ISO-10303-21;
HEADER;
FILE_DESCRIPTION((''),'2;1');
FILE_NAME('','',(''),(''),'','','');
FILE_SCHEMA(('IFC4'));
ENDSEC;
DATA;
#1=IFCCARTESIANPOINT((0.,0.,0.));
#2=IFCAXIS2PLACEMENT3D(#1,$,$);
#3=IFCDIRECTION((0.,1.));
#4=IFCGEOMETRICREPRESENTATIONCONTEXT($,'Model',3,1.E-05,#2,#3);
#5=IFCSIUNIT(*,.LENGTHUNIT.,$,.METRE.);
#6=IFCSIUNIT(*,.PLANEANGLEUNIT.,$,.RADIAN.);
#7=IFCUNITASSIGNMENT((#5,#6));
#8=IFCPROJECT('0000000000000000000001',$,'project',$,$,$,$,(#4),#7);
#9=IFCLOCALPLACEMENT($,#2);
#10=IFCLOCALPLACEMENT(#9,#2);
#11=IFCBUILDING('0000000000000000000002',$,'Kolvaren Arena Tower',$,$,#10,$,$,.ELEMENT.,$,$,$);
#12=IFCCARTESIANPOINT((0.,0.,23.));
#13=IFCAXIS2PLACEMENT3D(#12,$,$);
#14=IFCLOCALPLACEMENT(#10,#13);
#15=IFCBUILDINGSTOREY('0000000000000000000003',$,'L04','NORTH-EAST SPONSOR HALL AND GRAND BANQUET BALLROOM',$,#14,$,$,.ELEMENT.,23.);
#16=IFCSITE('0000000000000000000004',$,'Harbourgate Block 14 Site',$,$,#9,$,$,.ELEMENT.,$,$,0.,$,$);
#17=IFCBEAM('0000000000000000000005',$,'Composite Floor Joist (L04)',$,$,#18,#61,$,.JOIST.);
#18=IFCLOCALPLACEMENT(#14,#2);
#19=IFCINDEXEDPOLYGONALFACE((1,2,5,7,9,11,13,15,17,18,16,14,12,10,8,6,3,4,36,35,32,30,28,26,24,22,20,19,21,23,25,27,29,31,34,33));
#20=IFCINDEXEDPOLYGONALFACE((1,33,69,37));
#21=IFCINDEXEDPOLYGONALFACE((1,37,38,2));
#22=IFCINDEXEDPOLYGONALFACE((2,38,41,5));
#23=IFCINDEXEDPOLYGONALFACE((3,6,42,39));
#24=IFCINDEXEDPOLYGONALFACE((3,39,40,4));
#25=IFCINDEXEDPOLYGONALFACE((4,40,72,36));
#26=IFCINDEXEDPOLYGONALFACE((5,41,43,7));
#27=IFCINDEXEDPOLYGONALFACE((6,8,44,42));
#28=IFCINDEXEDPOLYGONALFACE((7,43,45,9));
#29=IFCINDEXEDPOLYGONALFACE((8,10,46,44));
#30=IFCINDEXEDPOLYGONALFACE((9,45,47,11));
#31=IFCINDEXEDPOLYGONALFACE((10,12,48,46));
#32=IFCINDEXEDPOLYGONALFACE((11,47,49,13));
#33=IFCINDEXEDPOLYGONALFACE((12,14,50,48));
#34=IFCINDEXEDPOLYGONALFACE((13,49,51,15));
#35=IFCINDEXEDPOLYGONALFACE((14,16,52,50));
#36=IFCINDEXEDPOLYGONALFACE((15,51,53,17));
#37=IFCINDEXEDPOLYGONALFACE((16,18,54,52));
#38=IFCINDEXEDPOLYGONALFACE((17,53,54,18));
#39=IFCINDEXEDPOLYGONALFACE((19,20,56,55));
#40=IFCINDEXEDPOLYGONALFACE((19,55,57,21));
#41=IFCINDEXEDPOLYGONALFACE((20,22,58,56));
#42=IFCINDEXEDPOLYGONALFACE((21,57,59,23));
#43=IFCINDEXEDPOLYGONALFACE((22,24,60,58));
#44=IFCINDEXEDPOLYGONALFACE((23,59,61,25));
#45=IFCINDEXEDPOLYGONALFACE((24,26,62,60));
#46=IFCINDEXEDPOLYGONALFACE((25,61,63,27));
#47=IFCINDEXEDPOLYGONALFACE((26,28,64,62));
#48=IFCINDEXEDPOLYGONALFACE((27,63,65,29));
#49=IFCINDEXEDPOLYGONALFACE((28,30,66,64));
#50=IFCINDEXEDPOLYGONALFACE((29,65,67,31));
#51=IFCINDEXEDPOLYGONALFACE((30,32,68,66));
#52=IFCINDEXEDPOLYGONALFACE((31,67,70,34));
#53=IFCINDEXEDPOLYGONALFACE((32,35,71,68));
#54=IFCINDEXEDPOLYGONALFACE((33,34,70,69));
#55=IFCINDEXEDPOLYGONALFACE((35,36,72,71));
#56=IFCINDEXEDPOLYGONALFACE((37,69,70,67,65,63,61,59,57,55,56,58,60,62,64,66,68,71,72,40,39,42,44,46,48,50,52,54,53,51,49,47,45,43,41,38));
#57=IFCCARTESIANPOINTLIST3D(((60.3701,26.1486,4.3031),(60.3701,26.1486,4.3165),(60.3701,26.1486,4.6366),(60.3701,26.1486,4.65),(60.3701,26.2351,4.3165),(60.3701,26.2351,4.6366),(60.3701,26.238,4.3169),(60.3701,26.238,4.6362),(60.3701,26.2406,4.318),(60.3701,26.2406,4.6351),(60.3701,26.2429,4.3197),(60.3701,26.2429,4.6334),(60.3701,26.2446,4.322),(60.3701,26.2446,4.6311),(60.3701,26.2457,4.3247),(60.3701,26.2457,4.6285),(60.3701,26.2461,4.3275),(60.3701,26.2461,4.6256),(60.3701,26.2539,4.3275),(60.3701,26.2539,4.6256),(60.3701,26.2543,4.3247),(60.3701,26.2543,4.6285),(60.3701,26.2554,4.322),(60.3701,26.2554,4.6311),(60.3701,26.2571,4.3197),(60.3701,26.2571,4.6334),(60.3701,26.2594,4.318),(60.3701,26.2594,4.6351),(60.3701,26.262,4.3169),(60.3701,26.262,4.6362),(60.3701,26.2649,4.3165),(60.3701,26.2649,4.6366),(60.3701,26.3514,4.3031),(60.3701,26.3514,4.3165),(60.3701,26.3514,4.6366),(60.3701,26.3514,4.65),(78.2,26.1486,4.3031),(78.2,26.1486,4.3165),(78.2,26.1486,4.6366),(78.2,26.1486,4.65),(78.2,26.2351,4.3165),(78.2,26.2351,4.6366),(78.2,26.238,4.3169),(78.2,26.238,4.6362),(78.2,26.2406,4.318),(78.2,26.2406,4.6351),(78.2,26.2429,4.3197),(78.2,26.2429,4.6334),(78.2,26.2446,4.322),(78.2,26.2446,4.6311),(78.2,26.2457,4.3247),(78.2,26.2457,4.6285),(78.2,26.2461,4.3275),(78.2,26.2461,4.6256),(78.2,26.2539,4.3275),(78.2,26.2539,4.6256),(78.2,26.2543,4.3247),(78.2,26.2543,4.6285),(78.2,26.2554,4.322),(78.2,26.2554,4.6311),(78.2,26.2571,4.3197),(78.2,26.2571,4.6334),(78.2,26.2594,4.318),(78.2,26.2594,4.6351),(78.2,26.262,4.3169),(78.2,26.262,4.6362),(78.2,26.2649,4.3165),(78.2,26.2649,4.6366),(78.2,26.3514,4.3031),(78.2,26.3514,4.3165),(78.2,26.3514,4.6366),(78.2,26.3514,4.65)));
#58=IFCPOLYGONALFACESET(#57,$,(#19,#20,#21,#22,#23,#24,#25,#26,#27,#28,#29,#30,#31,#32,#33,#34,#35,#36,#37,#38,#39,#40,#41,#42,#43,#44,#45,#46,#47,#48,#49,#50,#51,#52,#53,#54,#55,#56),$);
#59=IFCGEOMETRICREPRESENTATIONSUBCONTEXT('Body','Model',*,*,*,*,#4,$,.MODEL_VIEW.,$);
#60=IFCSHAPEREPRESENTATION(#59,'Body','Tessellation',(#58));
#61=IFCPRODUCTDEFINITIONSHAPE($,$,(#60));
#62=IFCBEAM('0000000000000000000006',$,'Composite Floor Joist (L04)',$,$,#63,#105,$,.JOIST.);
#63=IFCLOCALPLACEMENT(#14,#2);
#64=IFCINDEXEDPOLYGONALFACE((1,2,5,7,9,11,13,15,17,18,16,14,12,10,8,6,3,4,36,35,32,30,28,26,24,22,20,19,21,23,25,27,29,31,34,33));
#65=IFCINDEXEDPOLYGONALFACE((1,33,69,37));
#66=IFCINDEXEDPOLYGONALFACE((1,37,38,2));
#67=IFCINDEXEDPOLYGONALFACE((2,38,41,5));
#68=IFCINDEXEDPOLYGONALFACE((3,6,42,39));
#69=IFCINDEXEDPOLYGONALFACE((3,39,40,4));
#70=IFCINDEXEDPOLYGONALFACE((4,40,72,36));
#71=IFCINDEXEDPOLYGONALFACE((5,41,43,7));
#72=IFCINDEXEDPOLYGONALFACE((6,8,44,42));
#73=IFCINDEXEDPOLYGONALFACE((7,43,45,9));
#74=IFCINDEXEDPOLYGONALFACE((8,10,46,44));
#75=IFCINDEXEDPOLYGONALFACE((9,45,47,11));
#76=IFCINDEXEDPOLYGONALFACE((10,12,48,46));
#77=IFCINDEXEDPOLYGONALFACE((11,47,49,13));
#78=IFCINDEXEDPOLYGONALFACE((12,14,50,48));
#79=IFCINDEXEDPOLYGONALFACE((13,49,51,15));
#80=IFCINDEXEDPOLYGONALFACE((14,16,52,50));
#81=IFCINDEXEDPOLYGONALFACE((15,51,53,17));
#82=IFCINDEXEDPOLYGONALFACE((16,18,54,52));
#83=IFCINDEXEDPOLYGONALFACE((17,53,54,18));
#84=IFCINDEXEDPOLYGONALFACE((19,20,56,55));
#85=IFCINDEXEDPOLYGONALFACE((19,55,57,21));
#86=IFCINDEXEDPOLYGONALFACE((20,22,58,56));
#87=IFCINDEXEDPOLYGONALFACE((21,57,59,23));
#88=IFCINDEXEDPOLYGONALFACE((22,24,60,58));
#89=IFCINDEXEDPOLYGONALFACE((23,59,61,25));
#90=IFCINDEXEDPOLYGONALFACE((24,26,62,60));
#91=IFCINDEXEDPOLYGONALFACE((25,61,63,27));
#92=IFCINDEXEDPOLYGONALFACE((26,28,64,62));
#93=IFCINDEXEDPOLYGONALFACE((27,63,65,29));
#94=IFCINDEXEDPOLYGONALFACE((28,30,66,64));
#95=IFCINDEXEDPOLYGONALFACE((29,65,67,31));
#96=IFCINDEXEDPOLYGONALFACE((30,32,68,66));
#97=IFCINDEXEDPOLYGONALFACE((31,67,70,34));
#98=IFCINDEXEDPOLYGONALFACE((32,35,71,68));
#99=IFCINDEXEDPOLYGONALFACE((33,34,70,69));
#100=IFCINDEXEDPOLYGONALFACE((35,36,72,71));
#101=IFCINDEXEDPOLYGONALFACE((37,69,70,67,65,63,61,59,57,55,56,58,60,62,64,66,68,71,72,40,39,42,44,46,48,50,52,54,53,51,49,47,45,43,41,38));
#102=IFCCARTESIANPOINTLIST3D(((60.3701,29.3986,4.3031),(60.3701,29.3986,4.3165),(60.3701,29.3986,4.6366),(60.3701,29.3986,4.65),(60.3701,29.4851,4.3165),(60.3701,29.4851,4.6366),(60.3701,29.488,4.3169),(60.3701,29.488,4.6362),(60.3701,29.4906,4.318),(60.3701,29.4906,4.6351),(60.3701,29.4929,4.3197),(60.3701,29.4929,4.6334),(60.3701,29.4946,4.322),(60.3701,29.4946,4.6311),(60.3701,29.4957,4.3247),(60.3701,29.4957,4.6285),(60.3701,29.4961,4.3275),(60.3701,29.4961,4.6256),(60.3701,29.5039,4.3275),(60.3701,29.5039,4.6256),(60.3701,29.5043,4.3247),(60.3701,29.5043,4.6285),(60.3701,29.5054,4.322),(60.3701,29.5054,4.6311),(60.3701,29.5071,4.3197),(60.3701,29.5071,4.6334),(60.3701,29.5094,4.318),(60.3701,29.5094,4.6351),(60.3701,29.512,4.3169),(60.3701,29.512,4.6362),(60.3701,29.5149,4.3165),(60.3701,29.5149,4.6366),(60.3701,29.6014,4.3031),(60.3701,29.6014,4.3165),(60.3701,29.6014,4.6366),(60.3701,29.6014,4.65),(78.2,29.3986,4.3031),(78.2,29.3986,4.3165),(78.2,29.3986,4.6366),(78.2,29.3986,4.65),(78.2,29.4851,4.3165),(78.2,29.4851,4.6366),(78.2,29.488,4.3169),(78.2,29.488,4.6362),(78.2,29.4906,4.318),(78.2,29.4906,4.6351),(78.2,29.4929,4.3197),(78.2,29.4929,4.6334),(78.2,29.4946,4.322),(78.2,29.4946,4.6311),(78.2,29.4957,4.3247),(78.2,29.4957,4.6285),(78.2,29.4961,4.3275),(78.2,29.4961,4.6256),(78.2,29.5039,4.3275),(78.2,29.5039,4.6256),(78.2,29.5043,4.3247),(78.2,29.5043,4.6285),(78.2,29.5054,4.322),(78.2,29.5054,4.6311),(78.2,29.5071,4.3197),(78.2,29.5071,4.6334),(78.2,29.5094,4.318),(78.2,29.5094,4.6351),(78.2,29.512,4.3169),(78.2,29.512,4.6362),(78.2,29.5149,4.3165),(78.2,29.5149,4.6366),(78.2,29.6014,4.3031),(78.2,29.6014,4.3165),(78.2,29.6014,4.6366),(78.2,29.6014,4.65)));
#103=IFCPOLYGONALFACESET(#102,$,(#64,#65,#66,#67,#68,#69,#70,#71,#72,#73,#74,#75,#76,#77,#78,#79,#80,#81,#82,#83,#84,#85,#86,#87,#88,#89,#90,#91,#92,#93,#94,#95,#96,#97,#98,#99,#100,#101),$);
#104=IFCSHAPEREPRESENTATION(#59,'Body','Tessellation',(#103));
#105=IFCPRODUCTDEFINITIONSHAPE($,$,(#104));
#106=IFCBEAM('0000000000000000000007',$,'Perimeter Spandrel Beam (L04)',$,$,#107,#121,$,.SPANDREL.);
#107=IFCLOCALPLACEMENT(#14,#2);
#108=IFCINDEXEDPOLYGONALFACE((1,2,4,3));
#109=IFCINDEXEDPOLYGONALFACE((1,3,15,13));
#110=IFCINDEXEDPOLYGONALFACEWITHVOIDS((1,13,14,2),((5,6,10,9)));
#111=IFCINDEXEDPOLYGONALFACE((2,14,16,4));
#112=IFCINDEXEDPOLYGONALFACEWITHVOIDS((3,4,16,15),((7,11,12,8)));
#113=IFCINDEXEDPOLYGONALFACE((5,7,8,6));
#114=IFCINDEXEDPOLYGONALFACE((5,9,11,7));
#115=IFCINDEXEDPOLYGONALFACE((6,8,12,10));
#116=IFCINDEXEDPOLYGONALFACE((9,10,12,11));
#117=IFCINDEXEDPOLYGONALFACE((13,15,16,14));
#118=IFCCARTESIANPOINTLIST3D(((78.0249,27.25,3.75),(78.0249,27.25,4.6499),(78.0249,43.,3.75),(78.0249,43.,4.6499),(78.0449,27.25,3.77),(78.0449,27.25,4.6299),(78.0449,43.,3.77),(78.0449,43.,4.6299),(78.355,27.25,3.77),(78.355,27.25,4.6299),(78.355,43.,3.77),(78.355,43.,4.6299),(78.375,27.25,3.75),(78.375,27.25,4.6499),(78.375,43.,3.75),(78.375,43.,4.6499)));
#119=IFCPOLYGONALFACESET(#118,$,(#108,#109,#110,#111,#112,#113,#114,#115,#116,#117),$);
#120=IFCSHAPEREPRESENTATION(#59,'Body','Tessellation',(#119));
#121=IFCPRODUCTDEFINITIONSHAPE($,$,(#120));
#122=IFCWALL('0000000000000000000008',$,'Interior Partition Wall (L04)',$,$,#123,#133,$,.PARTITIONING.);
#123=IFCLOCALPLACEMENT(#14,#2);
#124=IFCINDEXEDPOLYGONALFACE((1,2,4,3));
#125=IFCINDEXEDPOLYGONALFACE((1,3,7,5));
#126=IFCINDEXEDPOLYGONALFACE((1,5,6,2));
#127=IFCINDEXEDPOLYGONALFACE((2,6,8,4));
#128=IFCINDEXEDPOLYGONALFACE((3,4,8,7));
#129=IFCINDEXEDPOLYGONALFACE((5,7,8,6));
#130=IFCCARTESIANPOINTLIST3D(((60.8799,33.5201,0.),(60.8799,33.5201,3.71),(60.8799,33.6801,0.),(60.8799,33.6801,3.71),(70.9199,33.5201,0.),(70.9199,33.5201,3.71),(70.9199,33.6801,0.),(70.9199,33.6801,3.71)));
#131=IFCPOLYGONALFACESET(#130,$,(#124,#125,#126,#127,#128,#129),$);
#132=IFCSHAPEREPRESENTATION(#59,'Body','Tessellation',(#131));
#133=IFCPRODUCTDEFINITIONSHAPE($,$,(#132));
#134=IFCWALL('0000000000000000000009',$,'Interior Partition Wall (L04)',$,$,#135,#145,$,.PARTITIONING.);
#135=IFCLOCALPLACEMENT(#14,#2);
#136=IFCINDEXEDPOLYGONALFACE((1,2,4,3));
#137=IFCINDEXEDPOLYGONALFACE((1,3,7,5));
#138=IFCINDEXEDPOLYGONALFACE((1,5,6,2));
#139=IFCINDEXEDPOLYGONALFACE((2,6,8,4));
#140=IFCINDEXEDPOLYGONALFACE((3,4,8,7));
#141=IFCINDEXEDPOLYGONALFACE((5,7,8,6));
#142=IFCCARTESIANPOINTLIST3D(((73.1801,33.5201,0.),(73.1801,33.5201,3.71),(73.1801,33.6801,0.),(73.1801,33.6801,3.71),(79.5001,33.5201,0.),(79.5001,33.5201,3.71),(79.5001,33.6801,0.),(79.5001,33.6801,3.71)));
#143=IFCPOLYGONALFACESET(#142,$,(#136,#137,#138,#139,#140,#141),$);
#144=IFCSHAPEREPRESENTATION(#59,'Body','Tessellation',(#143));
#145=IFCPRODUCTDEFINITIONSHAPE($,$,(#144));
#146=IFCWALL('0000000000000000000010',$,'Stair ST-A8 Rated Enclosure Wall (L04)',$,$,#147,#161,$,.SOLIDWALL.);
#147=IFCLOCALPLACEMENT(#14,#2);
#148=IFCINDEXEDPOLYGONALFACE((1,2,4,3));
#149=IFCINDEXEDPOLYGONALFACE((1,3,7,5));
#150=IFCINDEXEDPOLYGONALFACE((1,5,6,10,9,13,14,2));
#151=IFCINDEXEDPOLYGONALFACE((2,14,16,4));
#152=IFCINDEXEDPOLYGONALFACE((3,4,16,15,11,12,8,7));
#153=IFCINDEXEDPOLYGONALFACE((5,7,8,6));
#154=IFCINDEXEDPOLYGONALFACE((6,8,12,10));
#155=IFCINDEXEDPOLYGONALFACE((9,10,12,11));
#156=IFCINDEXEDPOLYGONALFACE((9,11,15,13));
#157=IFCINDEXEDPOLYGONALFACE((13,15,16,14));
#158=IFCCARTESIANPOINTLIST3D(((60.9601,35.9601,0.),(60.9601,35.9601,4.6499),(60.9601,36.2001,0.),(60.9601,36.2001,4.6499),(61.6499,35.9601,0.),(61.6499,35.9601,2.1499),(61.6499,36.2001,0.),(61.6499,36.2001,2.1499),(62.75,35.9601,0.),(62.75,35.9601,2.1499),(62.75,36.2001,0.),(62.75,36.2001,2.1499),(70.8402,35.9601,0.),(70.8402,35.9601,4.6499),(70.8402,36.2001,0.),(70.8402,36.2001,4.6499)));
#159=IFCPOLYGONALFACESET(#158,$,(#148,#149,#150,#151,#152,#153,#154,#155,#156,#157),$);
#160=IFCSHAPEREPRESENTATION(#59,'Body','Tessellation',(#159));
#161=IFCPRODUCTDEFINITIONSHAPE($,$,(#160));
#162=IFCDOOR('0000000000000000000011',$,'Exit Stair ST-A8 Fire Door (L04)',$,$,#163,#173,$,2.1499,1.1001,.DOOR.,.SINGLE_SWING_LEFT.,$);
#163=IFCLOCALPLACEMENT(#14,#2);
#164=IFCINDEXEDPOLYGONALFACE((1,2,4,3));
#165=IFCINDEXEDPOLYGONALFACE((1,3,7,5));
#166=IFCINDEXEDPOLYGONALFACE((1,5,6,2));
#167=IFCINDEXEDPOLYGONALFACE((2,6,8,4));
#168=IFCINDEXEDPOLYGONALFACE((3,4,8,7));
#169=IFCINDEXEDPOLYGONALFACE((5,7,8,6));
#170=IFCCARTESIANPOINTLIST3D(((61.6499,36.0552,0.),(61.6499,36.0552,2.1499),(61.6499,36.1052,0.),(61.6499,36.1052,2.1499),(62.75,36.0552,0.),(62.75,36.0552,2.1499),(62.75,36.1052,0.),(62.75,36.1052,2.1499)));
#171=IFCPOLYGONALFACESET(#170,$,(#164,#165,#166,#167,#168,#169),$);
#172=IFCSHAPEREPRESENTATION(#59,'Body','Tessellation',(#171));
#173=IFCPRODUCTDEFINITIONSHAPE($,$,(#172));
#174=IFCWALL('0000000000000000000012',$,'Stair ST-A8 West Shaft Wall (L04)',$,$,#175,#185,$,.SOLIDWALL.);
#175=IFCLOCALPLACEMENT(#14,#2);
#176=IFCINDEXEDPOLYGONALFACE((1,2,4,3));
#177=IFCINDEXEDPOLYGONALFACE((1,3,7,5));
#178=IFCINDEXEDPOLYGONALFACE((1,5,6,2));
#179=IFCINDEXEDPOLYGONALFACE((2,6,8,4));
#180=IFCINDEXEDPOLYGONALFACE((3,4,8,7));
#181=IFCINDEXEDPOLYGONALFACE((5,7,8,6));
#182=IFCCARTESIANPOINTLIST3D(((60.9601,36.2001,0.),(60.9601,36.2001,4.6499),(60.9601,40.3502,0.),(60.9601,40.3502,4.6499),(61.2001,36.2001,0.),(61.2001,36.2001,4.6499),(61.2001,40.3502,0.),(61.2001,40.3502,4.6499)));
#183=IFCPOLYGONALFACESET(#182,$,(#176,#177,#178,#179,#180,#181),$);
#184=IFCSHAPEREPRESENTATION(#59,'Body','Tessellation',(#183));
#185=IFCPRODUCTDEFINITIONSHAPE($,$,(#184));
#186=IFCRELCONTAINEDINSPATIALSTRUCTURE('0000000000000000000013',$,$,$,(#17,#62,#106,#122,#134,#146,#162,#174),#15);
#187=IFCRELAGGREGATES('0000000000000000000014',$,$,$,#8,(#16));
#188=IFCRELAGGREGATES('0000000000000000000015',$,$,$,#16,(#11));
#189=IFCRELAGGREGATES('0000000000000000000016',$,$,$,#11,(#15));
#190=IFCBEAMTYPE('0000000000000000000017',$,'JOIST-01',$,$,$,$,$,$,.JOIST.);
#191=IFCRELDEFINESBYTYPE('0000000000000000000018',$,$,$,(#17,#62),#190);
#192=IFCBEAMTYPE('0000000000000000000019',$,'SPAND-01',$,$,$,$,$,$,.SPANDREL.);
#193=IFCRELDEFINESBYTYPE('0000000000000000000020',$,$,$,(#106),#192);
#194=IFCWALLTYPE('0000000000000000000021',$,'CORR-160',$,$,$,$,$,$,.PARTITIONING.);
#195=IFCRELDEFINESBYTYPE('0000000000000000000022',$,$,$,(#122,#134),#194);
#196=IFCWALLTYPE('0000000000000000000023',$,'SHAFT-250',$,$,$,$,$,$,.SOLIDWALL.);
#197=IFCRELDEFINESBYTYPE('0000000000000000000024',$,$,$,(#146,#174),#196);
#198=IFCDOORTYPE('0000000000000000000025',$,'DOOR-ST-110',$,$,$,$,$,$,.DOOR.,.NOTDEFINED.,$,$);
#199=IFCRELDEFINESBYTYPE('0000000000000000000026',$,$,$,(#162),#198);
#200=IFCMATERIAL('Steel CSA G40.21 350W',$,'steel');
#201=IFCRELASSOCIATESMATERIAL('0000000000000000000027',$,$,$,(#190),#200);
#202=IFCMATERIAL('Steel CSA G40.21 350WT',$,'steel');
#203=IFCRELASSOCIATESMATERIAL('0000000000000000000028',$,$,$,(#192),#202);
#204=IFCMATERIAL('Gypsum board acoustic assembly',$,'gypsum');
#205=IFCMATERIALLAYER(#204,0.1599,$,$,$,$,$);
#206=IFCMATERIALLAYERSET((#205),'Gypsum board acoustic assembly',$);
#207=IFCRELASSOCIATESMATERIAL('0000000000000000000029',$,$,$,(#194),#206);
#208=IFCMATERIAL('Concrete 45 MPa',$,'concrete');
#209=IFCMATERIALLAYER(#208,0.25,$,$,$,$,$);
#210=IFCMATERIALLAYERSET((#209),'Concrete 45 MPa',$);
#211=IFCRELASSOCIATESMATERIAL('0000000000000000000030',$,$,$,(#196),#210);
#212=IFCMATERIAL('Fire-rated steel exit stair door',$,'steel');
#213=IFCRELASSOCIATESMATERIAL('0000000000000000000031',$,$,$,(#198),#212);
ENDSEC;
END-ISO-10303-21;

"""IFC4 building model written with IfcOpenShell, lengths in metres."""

from ifc_helpers import new_model, si_unit, direction, frame, frame_2d, origin, origin_2d, place, context, subcontext, project, spatial, rectangle, hollow_rectangle, i_section, extrude, material, layer, layer_set, material_profile, profile_set, type_object, element, fill, save


model = new_model("IFC4")

# Units and contexts
model_context = context("Model", 3, precision=1e-05, world=origin(), true_north=direction((0.0, 1.0)))
body_context = subcontext(model_context, "Body", "Model", "MODEL_VIEW")
ifc_project = project(units=[si_unit("LENGTHUNIT", "METRE"), si_unit("PLANEANGLEUNIT", "RADIAN")], contexts=[model_context])

# Site, building, storey
site_placement = place(None, origin())
site = spatial("IfcSite", under=ifc_project, at=site_placement, Name="Harbourgate Block 14 Site", CompositionType="ELEMENT", RefElevation=0.0)
building_placement = place(site_placement, origin())
building = spatial("IfcBuilding", under=site, at=building_placement, Name="Kolvaren Arena Tower", CompositionType="ELEMENT")
storey_placement = place(building_placement, frame((0.0, 0.0, 23.0)))
storey = spatial("IfcBuildingStorey", under=building, at=storey_placement, Name="L04", Description="NORTH-EAST SPONSOR HALL AND GRAND BANQUET BALLROOM", CompositionType="ELEMENT", Elevation=23.0)

# Beams
ifc_material_1 = material(Name="Steel CSA G40.21 350W", Category="steel")
ifc_material_profile_1 = material_profile(ifc_material_1, i_section(OverallWidth=0.2029, OverallDepth=0.3469, WebThickness=0.0078, FlangeThickness=0.0134, FilletRadius=0.011, at=origin_2d()), Name="W360x64")
ifc_profile_set_1 = profile_set([ifc_material_profile_1], Name="Steel CSA G40.21 350W")
beam_type_1 = type_object("IfcBeamType", Name="JOIST-01", PredefinedType="JOIST", material=ifc_profile_set_1)
for number, where, z_axis, x_axis, name in (
    (1, (60.3701, 26.25, 4.4766), (1.0, 0.0, 0.0), (0.0, 1.0, 0.0), "Composite Floor Joist (L04)"),
    (2, (60.3701, 29.5, 4.4766), (1.0, 0.0, 0.0), (0.0, 1.0, 0.0), "Composite Floor Joist (L04)"),
):
    element("IfcBeam", number, at=place(storey_placement, frame(where, z_axis=z_axis, x_axis=x_axis)), inside=storey, type_object=beam_type_1, Name=name, PredefinedType="JOIST", context=body_context, shape_type="SweptSolid", body=[
        extrude(i_section(OverallWidth=0.2029, OverallDepth=0.3469, WebThickness=0.0078, FlangeThickness=0.0134, FilletRadius=0.011, at=origin_2d()), origin(), (0.0, 0.0, 1.0), 17.8298),
    ])
ifc_material_2 = material(Name="Steel CSA G40.21 350WT", Category="steel")
ifc_material_profile_2 = material_profile(ifc_material_2, hollow_rectangle(XDim=0.3501, YDim=0.8999, WallThickness=0.02, at=origin_2d()), Name="HSS 900x350x20")
ifc_profile_set_2 = profile_set([ifc_material_profile_2], Name="Steel CSA G40.21 350WT")
beam_type_2 = type_object("IfcBeamType", Name="SPAND-01", PredefinedType="SPANDREL", material=ifc_profile_set_2)
beam_1_placement = place(storey_placement, frame((78.2, 27.25, 4.2), z_axis=(0.0, 1.0, 0.0), x_axis=(-1.0, 0.0, 0.0)))
element("IfcBeam", 3, at=beam_1_placement, inside=storey, type_object=beam_type_2, Name="Perimeter Spandrel Beam (L04)", PredefinedType="SPANDREL", context=body_context, shape_type="SweptSolid", body=[
    extrude(hollow_rectangle(XDim=0.3501, YDim=0.8999, WallThickness=0.02, at=origin_2d()), origin(), (0.0, 0.0, 1.0), 15.75),
])

# Walls
ifc_material_3 = material(Name="Gypsum board acoustic assembly", Category="gypsum")
ifc_layer_1 = layer(ifc_material_3, 0.1599)
ifc_layer_set_1 = layer_set([ifc_layer_1], Name="Gypsum board acoustic assembly")
wall_type_1 = type_object("IfcWallType", Name="CORR-160", PredefinedType="PARTITIONING", material=ifc_layer_set_1)
wall_1_placement = place(storey_placement, frame((60.8799, 33.6001, 0.0), z_axis=(0.0, 0.0, 1.0), x_axis=(1.0, 0.0, 0.0)))
element("IfcWall", 4, at=wall_1_placement, inside=storey, type_object=wall_type_1, Name="Interior Partition Wall (L04)", PredefinedType="PARTITIONING", context=body_context, shape_type="SweptSolid", body=[
    extrude(rectangle(XDim=10.04, YDim=0.1599, at=frame_2d((5.02, 0.0))), origin(), (0.0, 0.0, 1.0), 3.71),
])
wall_2_placement = place(storey_placement, frame((73.1799, 33.6001, 0.0), z_axis=(0.0, 0.0, 1.0), x_axis=(1.0, 0.0, 0.0)))
element("IfcWall", 5, at=wall_2_placement, inside=storey, type_object=wall_type_1, Name="Interior Partition Wall (L04)", PredefinedType="PARTITIONING", context=body_context, shape_type="SweptSolid", body=[
    extrude(rectangle(XDim=6.3201, YDim=0.1599, at=frame_2d((3.1602, 0.0))), origin(), (0.0, 0.0, 1.0), 3.71),
])

# Wall, opening, door
ifc_material_4 = material(Name="Concrete 45 MPa", Category="concrete")
ifc_layer_2 = layer(ifc_material_4, 0.25)
ifc_layer_set_2 = layer_set([ifc_layer_2], Name="Concrete 45 MPa")
wall_type_2 = type_object("IfcWallType", Name="SHAFT-250", PredefinedType="SOLIDWALL", material=ifc_layer_set_2)
wall_3_placement = place(storey_placement, frame((70.8401, 36.0801, 0.0), z_axis=(0.0, 0.0, 1.0), x_axis=(-1.0, 0.0, 0.0)))
wall_3 = element("IfcWall", 6, at=wall_3_placement, inside=storey, type_object=wall_type_2, Name="Stair ST-A8 Rated Enclosure Wall (L04)", PredefinedType="SOLIDWALL", context=body_context, shape_type="SweptSolid", body=[
    extrude(rectangle(XDim=9.8801, YDim=0.24, at=frame_2d((4.9399, 0.0))), origin(), (0.0, 0.0, 1.0), 4.6499),
])
opening_1_placement = place(wall_3_placement, frame((8.0901, 0.0, 0.0)))
opening_1 = element("IfcOpeningElement", 7, at=opening_1_placement, cuts=wall_3, PredefinedType="OPENING", context=body_context, shape_type="SweptSolid", body=[
    extrude(rectangle(XDim=1.1001, YDim=2.1499, at=frame_2d((0.55, 1.075))), frame((0.0, 0.1299, 0.0), z_axis=(0.0, -1.0, 0.0), x_axis=(1.0, 0.0, 0.0)), (0.0, 0.0, 1.0), 0.26),
])
ifc_material_5 = material(Name="Fire-rated steel exit stair door", Category="steel")
door_type = type_object("IfcDoorType", Name="DOOR-ST-110", OperationType="NOTDEFINED", PredefinedType="DOOR", material=ifc_material_5)
door_1_placement = place(opening_1_placement, origin())
door_1 = element("IfcDoor", 8, at=door_1_placement, inside=storey, type_object=door_type, Name="Exit Stair ST-A8 Fire Door (L04)", OperationType="SINGLE_SWING_LEFT", OverallHeight=2.1499, OverallWidth=1.1001, PredefinedType="DOOR", context=body_context, shape_type="SweptSolid", body=[
    extrude(rectangle(XDim=1.1001, YDim=2.1499, at=frame_2d((0.55, 1.075))), frame((0.0, 0.0249, 0.0), z_axis=(0.0, -1.0, 0.0), x_axis=(1.0, 0.0, 0.0)), (0.0, 0.0, 1.0), 0.05),
])
fill(opening_1, door_1)

# Wall
for number, where, z_axis, x_axis, name in (
    (9, (61.0801, 36.2, 0.0), (0.0, 0.0, 1.0), (0.0, 1.0, 0.0), "Stair ST-A8 West Shaft Wall (L04)"),
):
    element("IfcWall", number, at=place(storey_placement, frame(where, z_axis=z_axis, x_axis=x_axis)), inside=storey, type_object=wall_type_2, Name=name, PredefinedType="SOLIDWALL", context=body_context, shape_type="SweptSolid", body=[
        extrude(rectangle(XDim=4.1501, YDim=0.24, at=frame_2d((2.0752, 0.0))), origin(), (0.0, 0.0, 1.0), 4.6499),
    ])

save(model, "model.ifc")
